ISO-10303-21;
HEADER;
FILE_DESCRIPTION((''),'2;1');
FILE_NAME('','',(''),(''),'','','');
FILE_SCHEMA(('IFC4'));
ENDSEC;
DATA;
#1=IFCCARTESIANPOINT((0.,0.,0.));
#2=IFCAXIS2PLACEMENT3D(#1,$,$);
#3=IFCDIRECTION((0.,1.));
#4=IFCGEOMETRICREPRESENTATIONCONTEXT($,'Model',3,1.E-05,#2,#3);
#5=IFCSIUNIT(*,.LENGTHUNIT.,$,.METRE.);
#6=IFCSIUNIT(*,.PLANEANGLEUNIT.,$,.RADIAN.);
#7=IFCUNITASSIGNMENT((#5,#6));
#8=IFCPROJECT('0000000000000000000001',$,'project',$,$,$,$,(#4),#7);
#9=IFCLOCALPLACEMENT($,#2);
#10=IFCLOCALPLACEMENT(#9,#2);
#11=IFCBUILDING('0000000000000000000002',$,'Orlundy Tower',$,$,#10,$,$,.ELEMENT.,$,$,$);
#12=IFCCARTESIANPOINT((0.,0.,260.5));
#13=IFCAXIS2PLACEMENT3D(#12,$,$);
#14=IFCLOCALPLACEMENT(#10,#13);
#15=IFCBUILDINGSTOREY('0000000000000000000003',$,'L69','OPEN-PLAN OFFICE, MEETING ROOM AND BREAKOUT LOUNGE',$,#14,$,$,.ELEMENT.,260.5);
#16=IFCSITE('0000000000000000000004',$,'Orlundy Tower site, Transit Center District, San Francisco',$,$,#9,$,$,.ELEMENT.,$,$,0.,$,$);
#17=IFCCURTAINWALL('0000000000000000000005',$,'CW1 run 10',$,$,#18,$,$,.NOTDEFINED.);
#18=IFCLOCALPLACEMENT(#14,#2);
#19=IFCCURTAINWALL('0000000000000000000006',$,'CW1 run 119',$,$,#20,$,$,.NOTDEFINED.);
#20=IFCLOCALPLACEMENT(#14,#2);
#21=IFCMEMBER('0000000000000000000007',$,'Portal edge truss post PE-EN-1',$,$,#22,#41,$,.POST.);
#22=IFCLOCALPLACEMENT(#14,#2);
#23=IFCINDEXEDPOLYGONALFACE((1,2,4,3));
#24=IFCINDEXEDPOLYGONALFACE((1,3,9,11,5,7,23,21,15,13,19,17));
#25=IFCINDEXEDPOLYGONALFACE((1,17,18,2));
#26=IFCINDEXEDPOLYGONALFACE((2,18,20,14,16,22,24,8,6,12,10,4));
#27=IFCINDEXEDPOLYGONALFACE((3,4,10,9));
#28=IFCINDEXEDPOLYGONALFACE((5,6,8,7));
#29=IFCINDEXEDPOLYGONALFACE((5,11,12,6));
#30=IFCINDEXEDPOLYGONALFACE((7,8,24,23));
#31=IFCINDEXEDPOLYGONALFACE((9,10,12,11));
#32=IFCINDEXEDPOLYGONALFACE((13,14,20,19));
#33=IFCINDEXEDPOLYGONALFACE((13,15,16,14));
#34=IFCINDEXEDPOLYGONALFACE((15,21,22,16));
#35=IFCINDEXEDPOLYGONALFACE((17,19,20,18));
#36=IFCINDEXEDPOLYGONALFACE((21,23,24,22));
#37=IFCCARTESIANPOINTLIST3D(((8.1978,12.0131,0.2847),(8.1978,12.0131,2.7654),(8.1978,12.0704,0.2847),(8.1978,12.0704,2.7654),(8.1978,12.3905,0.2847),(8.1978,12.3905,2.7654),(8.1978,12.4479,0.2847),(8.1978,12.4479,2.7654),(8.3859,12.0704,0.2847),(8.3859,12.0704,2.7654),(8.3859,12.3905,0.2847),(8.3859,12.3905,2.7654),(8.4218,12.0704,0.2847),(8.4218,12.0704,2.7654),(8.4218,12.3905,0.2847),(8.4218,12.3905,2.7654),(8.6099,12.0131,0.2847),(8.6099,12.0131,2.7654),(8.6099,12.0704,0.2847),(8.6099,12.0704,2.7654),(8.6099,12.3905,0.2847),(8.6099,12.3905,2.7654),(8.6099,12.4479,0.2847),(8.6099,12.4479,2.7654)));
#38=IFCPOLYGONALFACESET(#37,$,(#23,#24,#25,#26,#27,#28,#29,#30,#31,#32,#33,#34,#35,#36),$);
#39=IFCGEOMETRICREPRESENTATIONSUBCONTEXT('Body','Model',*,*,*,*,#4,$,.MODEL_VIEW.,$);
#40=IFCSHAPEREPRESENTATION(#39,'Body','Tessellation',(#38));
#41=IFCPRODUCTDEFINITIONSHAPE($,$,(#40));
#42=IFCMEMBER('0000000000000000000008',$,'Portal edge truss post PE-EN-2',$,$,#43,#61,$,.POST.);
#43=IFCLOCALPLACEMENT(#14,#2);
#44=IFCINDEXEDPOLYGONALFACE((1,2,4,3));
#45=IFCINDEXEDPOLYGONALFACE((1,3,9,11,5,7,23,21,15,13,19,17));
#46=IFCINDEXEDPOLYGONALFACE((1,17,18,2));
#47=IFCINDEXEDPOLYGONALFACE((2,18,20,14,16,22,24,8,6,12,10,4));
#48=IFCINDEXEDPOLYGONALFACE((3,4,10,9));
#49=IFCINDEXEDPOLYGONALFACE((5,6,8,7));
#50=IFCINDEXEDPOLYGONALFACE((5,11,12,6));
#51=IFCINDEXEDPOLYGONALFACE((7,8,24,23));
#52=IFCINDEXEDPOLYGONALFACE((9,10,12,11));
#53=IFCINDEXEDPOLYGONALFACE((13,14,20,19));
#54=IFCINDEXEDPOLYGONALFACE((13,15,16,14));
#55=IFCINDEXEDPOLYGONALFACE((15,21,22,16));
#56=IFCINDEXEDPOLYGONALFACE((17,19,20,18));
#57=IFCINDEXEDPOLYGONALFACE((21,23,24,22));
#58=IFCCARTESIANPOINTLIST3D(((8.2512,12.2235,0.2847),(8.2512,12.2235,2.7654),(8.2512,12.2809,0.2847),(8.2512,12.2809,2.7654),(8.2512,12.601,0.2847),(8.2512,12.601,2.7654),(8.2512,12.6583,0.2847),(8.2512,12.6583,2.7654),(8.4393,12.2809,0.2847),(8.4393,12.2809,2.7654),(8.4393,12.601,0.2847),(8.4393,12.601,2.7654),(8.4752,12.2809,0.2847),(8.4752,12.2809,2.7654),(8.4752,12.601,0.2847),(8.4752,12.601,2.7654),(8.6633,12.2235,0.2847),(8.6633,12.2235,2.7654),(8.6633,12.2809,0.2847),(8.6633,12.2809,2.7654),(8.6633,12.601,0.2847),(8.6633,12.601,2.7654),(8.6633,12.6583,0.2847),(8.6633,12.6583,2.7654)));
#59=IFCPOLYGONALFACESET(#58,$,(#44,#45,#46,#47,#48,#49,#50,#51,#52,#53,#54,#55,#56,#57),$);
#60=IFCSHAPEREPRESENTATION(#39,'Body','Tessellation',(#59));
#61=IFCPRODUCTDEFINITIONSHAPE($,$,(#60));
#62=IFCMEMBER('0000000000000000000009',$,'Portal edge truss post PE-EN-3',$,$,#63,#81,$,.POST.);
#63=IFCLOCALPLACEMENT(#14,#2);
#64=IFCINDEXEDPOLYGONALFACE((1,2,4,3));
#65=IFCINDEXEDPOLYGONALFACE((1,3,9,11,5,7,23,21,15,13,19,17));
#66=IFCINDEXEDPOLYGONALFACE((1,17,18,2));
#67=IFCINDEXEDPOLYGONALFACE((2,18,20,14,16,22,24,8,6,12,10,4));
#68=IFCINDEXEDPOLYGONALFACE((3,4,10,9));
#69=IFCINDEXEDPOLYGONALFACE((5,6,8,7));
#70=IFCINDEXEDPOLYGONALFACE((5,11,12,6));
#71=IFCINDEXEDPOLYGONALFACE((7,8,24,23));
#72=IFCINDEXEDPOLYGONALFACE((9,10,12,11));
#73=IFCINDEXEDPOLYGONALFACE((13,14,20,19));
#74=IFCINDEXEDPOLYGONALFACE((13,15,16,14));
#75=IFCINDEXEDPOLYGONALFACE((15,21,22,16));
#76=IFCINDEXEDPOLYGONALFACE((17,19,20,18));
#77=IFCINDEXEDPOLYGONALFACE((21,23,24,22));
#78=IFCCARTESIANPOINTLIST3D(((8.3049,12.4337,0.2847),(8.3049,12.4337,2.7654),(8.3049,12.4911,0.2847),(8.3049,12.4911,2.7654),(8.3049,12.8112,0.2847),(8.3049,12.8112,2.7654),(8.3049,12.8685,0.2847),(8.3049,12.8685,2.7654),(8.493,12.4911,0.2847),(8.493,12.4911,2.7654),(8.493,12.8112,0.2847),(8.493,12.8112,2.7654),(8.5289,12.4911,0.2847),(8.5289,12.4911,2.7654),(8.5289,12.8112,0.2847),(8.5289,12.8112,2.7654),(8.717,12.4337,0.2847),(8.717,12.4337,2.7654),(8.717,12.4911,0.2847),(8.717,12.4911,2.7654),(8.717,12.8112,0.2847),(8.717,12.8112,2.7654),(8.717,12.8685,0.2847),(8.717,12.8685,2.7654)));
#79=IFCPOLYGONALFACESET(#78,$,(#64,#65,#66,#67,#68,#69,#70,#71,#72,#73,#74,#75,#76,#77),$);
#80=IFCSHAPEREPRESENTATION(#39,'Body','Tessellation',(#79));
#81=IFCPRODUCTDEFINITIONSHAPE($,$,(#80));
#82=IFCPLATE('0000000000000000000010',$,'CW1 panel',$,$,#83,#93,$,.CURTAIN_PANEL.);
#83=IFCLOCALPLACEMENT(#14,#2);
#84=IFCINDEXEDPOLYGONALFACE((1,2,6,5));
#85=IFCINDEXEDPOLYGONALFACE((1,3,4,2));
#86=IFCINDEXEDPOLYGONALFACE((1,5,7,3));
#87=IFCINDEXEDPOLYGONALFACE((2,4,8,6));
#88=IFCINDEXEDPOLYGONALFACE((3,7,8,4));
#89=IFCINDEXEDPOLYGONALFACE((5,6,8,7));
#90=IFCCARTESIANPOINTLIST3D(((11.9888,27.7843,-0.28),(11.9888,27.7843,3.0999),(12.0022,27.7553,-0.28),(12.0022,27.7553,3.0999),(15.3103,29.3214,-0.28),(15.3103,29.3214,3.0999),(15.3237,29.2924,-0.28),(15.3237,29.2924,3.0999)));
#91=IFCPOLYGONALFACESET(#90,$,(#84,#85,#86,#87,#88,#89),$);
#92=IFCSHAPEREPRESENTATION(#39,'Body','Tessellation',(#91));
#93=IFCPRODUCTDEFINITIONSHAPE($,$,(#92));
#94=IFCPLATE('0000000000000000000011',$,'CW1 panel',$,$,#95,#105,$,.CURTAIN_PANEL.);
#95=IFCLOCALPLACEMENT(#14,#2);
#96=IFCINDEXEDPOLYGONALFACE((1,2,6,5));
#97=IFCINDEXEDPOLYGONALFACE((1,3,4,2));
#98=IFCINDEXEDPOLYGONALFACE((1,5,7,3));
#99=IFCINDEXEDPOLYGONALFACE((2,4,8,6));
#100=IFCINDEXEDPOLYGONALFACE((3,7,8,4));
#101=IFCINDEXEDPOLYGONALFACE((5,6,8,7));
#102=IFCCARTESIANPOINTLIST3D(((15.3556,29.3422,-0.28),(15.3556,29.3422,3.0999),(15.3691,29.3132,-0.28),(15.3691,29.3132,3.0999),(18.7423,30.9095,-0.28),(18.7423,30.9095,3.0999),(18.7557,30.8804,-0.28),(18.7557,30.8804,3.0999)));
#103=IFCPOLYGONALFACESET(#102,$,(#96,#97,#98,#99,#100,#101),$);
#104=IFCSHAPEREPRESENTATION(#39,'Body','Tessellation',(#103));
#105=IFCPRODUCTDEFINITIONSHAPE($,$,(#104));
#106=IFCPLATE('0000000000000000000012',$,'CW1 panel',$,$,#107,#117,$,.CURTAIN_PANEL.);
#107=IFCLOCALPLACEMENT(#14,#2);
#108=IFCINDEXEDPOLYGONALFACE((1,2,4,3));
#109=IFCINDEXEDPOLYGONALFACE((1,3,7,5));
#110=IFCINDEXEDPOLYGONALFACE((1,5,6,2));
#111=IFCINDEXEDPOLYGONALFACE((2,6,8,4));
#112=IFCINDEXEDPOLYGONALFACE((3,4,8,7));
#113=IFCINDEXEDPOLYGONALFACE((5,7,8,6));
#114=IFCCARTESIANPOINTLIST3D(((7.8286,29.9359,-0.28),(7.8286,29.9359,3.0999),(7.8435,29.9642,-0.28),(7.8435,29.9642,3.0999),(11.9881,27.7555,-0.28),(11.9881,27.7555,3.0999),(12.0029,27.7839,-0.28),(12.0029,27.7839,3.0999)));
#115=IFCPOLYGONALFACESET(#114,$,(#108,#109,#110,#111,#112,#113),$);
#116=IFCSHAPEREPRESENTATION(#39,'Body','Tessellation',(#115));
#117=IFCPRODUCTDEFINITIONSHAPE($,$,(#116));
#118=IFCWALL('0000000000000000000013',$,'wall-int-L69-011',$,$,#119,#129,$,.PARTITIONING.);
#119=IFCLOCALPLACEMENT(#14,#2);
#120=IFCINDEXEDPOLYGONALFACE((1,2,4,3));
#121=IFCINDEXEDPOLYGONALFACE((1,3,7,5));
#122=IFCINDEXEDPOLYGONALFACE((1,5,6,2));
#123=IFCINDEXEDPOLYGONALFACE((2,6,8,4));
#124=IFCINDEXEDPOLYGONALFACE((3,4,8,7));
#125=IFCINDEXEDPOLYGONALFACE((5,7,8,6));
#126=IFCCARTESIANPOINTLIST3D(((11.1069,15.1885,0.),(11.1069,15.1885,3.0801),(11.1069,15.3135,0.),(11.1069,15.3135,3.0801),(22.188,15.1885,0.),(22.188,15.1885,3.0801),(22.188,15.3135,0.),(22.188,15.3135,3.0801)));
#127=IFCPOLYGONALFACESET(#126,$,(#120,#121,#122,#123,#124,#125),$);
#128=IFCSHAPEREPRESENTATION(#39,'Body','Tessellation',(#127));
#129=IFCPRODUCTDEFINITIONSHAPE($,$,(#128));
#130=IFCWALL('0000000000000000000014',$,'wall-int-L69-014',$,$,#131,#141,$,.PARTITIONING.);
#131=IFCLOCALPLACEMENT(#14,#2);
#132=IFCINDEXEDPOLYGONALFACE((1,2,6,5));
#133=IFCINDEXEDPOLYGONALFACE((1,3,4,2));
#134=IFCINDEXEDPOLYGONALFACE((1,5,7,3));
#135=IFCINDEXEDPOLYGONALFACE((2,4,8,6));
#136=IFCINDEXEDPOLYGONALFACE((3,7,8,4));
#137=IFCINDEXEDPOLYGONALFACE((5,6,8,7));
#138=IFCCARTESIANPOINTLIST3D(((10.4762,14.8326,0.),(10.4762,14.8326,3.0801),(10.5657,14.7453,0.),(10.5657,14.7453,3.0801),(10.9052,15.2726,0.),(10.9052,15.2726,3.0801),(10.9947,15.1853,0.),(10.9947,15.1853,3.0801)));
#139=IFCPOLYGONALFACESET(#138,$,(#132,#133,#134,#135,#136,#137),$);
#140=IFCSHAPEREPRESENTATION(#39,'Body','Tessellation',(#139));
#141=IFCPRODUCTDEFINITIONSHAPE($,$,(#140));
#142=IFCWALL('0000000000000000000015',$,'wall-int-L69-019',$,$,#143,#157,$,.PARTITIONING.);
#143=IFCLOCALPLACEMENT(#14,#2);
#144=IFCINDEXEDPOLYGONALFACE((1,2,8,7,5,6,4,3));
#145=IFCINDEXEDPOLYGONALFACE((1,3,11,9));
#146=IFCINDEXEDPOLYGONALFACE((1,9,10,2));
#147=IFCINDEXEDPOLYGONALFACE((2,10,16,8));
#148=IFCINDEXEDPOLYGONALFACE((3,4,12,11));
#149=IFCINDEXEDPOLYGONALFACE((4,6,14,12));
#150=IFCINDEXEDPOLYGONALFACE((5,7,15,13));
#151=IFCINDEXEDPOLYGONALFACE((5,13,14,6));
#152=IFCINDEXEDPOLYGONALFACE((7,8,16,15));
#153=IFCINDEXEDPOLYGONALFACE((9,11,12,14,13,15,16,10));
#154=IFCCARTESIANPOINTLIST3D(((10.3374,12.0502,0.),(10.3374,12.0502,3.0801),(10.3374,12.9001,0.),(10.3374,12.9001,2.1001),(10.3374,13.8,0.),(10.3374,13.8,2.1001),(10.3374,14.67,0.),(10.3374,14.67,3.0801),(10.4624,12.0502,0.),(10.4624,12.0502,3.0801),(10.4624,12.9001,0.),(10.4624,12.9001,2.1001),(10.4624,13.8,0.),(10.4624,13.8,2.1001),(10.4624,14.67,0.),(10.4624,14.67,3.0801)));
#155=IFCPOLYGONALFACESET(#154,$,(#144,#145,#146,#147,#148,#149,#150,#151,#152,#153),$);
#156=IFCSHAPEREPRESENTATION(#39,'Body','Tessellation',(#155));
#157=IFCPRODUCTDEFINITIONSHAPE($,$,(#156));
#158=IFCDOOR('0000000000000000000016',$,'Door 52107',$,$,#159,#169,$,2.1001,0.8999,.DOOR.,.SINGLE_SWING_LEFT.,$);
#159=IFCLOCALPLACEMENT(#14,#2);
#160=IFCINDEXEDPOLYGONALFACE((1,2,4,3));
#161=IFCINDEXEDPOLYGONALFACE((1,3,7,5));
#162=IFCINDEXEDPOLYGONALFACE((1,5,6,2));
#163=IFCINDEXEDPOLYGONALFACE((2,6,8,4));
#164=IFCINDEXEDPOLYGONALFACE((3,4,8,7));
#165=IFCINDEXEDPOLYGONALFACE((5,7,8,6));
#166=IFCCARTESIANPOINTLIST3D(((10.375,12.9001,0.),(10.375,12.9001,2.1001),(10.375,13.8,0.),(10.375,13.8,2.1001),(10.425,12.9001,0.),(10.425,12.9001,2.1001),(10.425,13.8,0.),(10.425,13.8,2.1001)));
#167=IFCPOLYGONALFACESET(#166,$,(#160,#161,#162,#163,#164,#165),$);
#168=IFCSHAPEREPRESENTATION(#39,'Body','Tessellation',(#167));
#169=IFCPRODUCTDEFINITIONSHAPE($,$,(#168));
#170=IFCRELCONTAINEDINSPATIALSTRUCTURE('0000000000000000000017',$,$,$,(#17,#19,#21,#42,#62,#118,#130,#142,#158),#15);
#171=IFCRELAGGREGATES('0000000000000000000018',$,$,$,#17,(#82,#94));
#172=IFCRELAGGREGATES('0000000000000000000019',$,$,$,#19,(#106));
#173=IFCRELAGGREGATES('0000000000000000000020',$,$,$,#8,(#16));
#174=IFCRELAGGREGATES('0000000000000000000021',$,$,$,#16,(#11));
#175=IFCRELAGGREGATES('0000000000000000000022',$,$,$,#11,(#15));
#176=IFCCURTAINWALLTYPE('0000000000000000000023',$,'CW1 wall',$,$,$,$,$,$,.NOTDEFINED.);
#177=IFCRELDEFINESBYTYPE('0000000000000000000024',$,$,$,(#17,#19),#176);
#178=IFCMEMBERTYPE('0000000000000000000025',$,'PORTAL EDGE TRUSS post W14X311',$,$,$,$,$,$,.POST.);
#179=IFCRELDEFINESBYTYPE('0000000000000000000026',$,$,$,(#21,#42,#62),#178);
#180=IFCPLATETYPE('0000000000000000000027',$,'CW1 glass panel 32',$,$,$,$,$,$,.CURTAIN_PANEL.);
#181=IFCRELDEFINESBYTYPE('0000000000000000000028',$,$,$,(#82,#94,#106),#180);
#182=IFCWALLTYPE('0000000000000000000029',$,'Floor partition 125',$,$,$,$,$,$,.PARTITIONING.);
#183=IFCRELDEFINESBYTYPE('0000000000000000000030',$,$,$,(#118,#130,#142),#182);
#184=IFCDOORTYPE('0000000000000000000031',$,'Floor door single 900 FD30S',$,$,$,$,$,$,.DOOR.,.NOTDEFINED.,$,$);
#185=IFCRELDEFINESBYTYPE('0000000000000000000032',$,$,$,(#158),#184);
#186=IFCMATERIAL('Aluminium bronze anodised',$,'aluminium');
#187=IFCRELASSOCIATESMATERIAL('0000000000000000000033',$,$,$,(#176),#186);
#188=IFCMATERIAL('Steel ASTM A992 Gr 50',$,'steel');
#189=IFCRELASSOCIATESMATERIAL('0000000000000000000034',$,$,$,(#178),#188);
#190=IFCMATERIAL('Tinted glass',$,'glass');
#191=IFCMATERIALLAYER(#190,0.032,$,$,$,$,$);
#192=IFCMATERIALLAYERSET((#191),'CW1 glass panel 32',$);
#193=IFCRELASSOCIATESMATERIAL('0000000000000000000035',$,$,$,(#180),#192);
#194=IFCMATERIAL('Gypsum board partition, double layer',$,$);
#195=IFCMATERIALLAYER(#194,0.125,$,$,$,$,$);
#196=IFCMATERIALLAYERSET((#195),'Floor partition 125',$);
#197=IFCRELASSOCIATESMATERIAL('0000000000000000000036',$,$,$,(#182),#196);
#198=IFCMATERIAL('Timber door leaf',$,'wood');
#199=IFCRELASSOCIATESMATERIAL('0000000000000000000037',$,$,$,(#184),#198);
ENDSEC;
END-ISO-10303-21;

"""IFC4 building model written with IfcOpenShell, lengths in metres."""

from ifc_helpers import new_model, si_unit, direction, frame, frame_2d, origin, origin_2d, place, context, subcontext, project, spatial, rectangle, i_section, extrude, material, layer, layer_set, material_profile, profile_set, type_object, element, fill, aggregate, save


model = new_model("IFC4")

# Units and contexts
model_context = context("Model", 3, precision=1e-05, world=origin(), true_north=direction((0.0, 1.0)))
body_context = subcontext(model_context, "Body", "Model", "MODEL_VIEW")
ifc_project = project(units=[si_unit("LENGTHUNIT", "METRE"), si_unit("PLANEANGLEUNIT", "RADIAN")], contexts=[model_context])

# Site, building, storey
site_placement = place(None, origin())
site = spatial("IfcSite", under=ifc_project, at=site_placement, Name="Orlundy Tower site, Transit Center District, San Francisco", CompositionType="ELEMENT", RefElevation=0.0)
building_placement = place(site_placement, origin())
building = spatial("IfcBuilding", under=site, at=building_placement, Name="Orlundy Tower", CompositionType="ELEMENT")
storey_placement = place(building_placement, frame((0.0, 0.0, 260.5)))
storey = spatial("IfcBuildingStorey", under=building, at=storey_placement, Name="L69", Description="OPEN-PLAN OFFICE, MEETING ROOM AND BREAKOUT LOUNGE", CompositionType="ELEMENT", Elevation=260.5)

# Curtain walls
ifc_material_1 = material(Name="Aluminium bronze anodised", Category="aluminium")
curtain_wall_type = type_object("IfcCurtainWallType", Name="CW1 wall", PredefinedType="NOTDEFINED", material=ifc_material_1)
curtain_wall_1_placement = place(storey_placement, origin())
curtain_wall_1 = element("IfcCurtainWall", 1, at=curtain_wall_1_placement, inside=storey, type_object=curtain_wall_type, Name="CW1 run 10", PredefinedType="NOTDEFINED")
curtain_wall_2_placement = place(storey_placement, origin())
curtain_wall_2 = element("IfcCurtainWall", 2, at=curtain_wall_2_placement, inside=storey, type_object=curtain_wall_type, Name="CW1 run 119", PredefinedType="NOTDEFINED")

# Members
ifc_material_2 = material(Name="Steel ASTM A992 Gr 50", Category="steel")
ifc_material_profile_1 = material_profile(ifc_material_2, i_section(OverallWidth=0.4121, OverallDepth=0.4348, WebThickness=0.0359, FlangeThickness=0.0574, at=origin_2d()), Name="W14X311")
ifc_profile_set_1 = profile_set([ifc_material_profile_1], Name="Steel ASTM A992 Gr 50")
member_type_1 = type_object("IfcMemberType", Name="PORTAL EDGE TRUSS post W14X311", PredefinedType="POST", material=ifc_profile_set_1)
for number, where, z_axis, x_axis, name in (
    (3, (8.4038, 12.2305, 0.2847), (0.0, 0.0, 1.0), (1.0, 0.0, 0.0), "Portal edge truss post PE-EN-1"),
    (4, (8.4573, 12.4409, 0.2847), (0.0, 0.0, 1.0), (1.0, 0.0, 0.0), "Portal edge truss post PE-EN-2"),
    (5, (8.511, 12.6511, 0.2847), (0.0, 0.0, 1.0), (1.0, 0.0, 0.0), "Portal edge truss post PE-EN-3"),
):
    element("IfcMember", number, at=place(storey_placement, frame(where, z_axis=z_axis, x_axis=x_axis)), inside=storey, type_object=member_type_1, Name=name, PredefinedType="POST", context=body_context, shape_type="SweptSolid", body=[
        extrude(i_section(OverallWidth=0.4121, OverallDepth=0.4348, WebThickness=0.0359, FlangeThickness=0.0574, at=origin_2d()), origin(), (0.0, 0.0, 1.0), 2.4807),
    ])

# Plates
ifc_material_3 = material(Name="Tinted glass", Category="glass")
ifc_layer_1 = layer(ifc_material_3, 0.032)
ifc_layer_set_1 = layer_set([ifc_layer_1], Name="CW1 glass panel 32")
plate_type = type_object("IfcPlateType", Name="CW1 glass panel 32", PredefinedType="CURTAIN_PANEL", material=ifc_layer_set_1)
plate_1_placement = place(storey_placement, frame((13.6562, 28.5383, -0.28), z_axis=(0.0, 0.0, 1.0), x_axis=(0.907535, 0.419976, 0.0)))
plate_1 = element("IfcPlate", 6, at=plate_1_placement, type_object=plate_type, Name="CW1 panel", PredefinedType="CURTAIN_PANEL", context=body_context, shape_type="SweptSolid", body=[
    extrude(rectangle(XDim=3.6599, YDim=0.032, at=origin_2d()), origin(), (0.0, 0.0, 1.0), 3.3799),
])
plate_2_placement = place(storey_placement, frame((17.0557, 30.1113, -0.28), z_axis=(0.0, 0.0, 1.0), x_axis=(0.907535, 0.419976, 0.0)))
plate_2 = element("IfcPlate", 7, at=plate_2_placement, type_object=plate_type, Name="CW1 panel", PredefinedType="CURTAIN_PANEL", context=body_context, shape_type="SweptSolid", body=[
    extrude(rectangle(XDim=3.7317, YDim=0.032, at=origin_2d()), origin(), (0.0, 0.0, 1.0), 3.3799),
])
aggregate(curtain_wall_1, [plate_1, plate_2])
plate_3_placement = place(storey_placement, frame((9.9158, 28.8599, -0.28), z_axis=(0.0, 0.0, 1.0), x_axis=(0.885697, -0.464264, 0.0)))
plate_3 = element("IfcPlate", 8, at=plate_3_placement, type_object=plate_type, Name="CW1 panel", PredefinedType="CURTAIN_PANEL", context=body_context, shape_type="SweptSolid", body=[
    extrude(rectangle(XDim=4.6963, YDim=0.032, at=origin_2d()), origin(), (0.0, 0.0, 1.0), 3.3799),
])
aggregate(curtain_wall_2, [plate_3])

# Walls
ifc_material_4 = material(Name="Gypsum board partition, double layer")
ifc_layer_2 = layer(ifc_material_4, 0.125)
ifc_layer_set_2 = layer_set([ifc_layer_2], Name="Floor partition 125")
wall_type = type_object("IfcWallType", Name="Floor partition 125", PredefinedType="PARTITIONING", material=ifc_layer_set_2)
wall_1_placement = place(storey_placement, frame((11.1069, 15.251, 0.0), z_axis=(0.0, 0.0, 1.0), x_axis=(1.0, 0.0, 0.0)))
element("IfcWall", 9, at=wall_1_placement, inside=storey, type_object=wall_type, Name="wall-int-L69-011", PredefinedType="PARTITIONING", context=body_context, shape_type="SweptSolid", body=[
    extrude(rectangle(XDim=11.0811, YDim=0.125, at=frame_2d((5.5405, 0.0))), origin(), (0.0, 0.0, 1.0), 3.0801),
])
wall_2_placement = place(storey_placement, frame((10.521, 14.7891, 0.0), z_axis=(0.0, 0.0, 1.0), x_axis=(0.69811, 0.71599, 0.0)))
element("IfcWall", 10, at=wall_2_placement, inside=storey, type_object=wall_type, Name="wall-int-L69-014", PredefinedType="PARTITIONING", context=body_context, shape_type="SweptSolid", body=[
    extrude(rectangle(XDim=0.6145, YDim=0.125, at=frame_2d((0.3071, 0.0))), origin(), (0.0, 0.0, 1.0), 3.0801),
])

# Wall, opening, door
wall_3_placement = place(storey_placement, frame((10.3999, 12.05, 0.0), z_axis=(0.0, 0.0, 1.0), x_axis=(0.0, 1.0, 0.0)))
wall_3 = element("IfcWall", 11, at=wall_3_placement, inside=storey, type_object=wall_type, Name="wall-int-L69-019", PredefinedType="PARTITIONING", context=body_context, shape_type="SweptSolid", body=[
    extrude(rectangle(XDim=2.6199, YDim=0.125, at=frame_2d((1.3101, 0.0))), origin(), (0.0, 0.0, 1.0), 3.0801),
])
opening_placement = place(wall_3_placement, frame((0.8501, 0.0, 0.0)))
opening = element("IfcOpeningElement", 12, at=opening_placement, cuts=wall_3, PredefinedType="OPENING", context=body_context, shape_type="SweptSolid", body=[
    extrude(rectangle(XDim=0.8999, YDim=2.1001, at=frame_2d((0.45, 1.05))), frame((0.0, 0.0725, 0.0), z_axis=(0.0, -1.0, 0.0), x_axis=(1.0, 0.0, 0.0)), (0.0, 0.0, 1.0), 0.145),
])
ifc_material_5 = material(Name="Timber door leaf", Category="wood")
door_type = type_object("IfcDoorType", Name="Floor door single 900 FD30S", OperationType="NOTDEFINED", PredefinedType="DOOR", material=ifc_material_5)
door_placement = place(opening_placement, origin())
door = element("IfcDoor", 13, at=door_placement, inside=storey, type_object=door_type, Name="Door 52107", OperationType="SINGLE_SWING_LEFT", OverallHeight=2.1001, OverallWidth=0.8999, PredefinedType="DOOR", context=body_context, shape_type="SweptSolid", body=[
    extrude(rectangle(XDim=0.8999, YDim=2.1001, at=frame_2d((0.45, 1.05))), frame((0.0, 0.0249, 0.0), z_axis=(0.0, -1.0, 0.0), x_axis=(1.0, 0.0, 0.0)), (0.0, 0.0, 1.0), 0.05),
])
fill(opening, door)

save(model, "model.ifc")
